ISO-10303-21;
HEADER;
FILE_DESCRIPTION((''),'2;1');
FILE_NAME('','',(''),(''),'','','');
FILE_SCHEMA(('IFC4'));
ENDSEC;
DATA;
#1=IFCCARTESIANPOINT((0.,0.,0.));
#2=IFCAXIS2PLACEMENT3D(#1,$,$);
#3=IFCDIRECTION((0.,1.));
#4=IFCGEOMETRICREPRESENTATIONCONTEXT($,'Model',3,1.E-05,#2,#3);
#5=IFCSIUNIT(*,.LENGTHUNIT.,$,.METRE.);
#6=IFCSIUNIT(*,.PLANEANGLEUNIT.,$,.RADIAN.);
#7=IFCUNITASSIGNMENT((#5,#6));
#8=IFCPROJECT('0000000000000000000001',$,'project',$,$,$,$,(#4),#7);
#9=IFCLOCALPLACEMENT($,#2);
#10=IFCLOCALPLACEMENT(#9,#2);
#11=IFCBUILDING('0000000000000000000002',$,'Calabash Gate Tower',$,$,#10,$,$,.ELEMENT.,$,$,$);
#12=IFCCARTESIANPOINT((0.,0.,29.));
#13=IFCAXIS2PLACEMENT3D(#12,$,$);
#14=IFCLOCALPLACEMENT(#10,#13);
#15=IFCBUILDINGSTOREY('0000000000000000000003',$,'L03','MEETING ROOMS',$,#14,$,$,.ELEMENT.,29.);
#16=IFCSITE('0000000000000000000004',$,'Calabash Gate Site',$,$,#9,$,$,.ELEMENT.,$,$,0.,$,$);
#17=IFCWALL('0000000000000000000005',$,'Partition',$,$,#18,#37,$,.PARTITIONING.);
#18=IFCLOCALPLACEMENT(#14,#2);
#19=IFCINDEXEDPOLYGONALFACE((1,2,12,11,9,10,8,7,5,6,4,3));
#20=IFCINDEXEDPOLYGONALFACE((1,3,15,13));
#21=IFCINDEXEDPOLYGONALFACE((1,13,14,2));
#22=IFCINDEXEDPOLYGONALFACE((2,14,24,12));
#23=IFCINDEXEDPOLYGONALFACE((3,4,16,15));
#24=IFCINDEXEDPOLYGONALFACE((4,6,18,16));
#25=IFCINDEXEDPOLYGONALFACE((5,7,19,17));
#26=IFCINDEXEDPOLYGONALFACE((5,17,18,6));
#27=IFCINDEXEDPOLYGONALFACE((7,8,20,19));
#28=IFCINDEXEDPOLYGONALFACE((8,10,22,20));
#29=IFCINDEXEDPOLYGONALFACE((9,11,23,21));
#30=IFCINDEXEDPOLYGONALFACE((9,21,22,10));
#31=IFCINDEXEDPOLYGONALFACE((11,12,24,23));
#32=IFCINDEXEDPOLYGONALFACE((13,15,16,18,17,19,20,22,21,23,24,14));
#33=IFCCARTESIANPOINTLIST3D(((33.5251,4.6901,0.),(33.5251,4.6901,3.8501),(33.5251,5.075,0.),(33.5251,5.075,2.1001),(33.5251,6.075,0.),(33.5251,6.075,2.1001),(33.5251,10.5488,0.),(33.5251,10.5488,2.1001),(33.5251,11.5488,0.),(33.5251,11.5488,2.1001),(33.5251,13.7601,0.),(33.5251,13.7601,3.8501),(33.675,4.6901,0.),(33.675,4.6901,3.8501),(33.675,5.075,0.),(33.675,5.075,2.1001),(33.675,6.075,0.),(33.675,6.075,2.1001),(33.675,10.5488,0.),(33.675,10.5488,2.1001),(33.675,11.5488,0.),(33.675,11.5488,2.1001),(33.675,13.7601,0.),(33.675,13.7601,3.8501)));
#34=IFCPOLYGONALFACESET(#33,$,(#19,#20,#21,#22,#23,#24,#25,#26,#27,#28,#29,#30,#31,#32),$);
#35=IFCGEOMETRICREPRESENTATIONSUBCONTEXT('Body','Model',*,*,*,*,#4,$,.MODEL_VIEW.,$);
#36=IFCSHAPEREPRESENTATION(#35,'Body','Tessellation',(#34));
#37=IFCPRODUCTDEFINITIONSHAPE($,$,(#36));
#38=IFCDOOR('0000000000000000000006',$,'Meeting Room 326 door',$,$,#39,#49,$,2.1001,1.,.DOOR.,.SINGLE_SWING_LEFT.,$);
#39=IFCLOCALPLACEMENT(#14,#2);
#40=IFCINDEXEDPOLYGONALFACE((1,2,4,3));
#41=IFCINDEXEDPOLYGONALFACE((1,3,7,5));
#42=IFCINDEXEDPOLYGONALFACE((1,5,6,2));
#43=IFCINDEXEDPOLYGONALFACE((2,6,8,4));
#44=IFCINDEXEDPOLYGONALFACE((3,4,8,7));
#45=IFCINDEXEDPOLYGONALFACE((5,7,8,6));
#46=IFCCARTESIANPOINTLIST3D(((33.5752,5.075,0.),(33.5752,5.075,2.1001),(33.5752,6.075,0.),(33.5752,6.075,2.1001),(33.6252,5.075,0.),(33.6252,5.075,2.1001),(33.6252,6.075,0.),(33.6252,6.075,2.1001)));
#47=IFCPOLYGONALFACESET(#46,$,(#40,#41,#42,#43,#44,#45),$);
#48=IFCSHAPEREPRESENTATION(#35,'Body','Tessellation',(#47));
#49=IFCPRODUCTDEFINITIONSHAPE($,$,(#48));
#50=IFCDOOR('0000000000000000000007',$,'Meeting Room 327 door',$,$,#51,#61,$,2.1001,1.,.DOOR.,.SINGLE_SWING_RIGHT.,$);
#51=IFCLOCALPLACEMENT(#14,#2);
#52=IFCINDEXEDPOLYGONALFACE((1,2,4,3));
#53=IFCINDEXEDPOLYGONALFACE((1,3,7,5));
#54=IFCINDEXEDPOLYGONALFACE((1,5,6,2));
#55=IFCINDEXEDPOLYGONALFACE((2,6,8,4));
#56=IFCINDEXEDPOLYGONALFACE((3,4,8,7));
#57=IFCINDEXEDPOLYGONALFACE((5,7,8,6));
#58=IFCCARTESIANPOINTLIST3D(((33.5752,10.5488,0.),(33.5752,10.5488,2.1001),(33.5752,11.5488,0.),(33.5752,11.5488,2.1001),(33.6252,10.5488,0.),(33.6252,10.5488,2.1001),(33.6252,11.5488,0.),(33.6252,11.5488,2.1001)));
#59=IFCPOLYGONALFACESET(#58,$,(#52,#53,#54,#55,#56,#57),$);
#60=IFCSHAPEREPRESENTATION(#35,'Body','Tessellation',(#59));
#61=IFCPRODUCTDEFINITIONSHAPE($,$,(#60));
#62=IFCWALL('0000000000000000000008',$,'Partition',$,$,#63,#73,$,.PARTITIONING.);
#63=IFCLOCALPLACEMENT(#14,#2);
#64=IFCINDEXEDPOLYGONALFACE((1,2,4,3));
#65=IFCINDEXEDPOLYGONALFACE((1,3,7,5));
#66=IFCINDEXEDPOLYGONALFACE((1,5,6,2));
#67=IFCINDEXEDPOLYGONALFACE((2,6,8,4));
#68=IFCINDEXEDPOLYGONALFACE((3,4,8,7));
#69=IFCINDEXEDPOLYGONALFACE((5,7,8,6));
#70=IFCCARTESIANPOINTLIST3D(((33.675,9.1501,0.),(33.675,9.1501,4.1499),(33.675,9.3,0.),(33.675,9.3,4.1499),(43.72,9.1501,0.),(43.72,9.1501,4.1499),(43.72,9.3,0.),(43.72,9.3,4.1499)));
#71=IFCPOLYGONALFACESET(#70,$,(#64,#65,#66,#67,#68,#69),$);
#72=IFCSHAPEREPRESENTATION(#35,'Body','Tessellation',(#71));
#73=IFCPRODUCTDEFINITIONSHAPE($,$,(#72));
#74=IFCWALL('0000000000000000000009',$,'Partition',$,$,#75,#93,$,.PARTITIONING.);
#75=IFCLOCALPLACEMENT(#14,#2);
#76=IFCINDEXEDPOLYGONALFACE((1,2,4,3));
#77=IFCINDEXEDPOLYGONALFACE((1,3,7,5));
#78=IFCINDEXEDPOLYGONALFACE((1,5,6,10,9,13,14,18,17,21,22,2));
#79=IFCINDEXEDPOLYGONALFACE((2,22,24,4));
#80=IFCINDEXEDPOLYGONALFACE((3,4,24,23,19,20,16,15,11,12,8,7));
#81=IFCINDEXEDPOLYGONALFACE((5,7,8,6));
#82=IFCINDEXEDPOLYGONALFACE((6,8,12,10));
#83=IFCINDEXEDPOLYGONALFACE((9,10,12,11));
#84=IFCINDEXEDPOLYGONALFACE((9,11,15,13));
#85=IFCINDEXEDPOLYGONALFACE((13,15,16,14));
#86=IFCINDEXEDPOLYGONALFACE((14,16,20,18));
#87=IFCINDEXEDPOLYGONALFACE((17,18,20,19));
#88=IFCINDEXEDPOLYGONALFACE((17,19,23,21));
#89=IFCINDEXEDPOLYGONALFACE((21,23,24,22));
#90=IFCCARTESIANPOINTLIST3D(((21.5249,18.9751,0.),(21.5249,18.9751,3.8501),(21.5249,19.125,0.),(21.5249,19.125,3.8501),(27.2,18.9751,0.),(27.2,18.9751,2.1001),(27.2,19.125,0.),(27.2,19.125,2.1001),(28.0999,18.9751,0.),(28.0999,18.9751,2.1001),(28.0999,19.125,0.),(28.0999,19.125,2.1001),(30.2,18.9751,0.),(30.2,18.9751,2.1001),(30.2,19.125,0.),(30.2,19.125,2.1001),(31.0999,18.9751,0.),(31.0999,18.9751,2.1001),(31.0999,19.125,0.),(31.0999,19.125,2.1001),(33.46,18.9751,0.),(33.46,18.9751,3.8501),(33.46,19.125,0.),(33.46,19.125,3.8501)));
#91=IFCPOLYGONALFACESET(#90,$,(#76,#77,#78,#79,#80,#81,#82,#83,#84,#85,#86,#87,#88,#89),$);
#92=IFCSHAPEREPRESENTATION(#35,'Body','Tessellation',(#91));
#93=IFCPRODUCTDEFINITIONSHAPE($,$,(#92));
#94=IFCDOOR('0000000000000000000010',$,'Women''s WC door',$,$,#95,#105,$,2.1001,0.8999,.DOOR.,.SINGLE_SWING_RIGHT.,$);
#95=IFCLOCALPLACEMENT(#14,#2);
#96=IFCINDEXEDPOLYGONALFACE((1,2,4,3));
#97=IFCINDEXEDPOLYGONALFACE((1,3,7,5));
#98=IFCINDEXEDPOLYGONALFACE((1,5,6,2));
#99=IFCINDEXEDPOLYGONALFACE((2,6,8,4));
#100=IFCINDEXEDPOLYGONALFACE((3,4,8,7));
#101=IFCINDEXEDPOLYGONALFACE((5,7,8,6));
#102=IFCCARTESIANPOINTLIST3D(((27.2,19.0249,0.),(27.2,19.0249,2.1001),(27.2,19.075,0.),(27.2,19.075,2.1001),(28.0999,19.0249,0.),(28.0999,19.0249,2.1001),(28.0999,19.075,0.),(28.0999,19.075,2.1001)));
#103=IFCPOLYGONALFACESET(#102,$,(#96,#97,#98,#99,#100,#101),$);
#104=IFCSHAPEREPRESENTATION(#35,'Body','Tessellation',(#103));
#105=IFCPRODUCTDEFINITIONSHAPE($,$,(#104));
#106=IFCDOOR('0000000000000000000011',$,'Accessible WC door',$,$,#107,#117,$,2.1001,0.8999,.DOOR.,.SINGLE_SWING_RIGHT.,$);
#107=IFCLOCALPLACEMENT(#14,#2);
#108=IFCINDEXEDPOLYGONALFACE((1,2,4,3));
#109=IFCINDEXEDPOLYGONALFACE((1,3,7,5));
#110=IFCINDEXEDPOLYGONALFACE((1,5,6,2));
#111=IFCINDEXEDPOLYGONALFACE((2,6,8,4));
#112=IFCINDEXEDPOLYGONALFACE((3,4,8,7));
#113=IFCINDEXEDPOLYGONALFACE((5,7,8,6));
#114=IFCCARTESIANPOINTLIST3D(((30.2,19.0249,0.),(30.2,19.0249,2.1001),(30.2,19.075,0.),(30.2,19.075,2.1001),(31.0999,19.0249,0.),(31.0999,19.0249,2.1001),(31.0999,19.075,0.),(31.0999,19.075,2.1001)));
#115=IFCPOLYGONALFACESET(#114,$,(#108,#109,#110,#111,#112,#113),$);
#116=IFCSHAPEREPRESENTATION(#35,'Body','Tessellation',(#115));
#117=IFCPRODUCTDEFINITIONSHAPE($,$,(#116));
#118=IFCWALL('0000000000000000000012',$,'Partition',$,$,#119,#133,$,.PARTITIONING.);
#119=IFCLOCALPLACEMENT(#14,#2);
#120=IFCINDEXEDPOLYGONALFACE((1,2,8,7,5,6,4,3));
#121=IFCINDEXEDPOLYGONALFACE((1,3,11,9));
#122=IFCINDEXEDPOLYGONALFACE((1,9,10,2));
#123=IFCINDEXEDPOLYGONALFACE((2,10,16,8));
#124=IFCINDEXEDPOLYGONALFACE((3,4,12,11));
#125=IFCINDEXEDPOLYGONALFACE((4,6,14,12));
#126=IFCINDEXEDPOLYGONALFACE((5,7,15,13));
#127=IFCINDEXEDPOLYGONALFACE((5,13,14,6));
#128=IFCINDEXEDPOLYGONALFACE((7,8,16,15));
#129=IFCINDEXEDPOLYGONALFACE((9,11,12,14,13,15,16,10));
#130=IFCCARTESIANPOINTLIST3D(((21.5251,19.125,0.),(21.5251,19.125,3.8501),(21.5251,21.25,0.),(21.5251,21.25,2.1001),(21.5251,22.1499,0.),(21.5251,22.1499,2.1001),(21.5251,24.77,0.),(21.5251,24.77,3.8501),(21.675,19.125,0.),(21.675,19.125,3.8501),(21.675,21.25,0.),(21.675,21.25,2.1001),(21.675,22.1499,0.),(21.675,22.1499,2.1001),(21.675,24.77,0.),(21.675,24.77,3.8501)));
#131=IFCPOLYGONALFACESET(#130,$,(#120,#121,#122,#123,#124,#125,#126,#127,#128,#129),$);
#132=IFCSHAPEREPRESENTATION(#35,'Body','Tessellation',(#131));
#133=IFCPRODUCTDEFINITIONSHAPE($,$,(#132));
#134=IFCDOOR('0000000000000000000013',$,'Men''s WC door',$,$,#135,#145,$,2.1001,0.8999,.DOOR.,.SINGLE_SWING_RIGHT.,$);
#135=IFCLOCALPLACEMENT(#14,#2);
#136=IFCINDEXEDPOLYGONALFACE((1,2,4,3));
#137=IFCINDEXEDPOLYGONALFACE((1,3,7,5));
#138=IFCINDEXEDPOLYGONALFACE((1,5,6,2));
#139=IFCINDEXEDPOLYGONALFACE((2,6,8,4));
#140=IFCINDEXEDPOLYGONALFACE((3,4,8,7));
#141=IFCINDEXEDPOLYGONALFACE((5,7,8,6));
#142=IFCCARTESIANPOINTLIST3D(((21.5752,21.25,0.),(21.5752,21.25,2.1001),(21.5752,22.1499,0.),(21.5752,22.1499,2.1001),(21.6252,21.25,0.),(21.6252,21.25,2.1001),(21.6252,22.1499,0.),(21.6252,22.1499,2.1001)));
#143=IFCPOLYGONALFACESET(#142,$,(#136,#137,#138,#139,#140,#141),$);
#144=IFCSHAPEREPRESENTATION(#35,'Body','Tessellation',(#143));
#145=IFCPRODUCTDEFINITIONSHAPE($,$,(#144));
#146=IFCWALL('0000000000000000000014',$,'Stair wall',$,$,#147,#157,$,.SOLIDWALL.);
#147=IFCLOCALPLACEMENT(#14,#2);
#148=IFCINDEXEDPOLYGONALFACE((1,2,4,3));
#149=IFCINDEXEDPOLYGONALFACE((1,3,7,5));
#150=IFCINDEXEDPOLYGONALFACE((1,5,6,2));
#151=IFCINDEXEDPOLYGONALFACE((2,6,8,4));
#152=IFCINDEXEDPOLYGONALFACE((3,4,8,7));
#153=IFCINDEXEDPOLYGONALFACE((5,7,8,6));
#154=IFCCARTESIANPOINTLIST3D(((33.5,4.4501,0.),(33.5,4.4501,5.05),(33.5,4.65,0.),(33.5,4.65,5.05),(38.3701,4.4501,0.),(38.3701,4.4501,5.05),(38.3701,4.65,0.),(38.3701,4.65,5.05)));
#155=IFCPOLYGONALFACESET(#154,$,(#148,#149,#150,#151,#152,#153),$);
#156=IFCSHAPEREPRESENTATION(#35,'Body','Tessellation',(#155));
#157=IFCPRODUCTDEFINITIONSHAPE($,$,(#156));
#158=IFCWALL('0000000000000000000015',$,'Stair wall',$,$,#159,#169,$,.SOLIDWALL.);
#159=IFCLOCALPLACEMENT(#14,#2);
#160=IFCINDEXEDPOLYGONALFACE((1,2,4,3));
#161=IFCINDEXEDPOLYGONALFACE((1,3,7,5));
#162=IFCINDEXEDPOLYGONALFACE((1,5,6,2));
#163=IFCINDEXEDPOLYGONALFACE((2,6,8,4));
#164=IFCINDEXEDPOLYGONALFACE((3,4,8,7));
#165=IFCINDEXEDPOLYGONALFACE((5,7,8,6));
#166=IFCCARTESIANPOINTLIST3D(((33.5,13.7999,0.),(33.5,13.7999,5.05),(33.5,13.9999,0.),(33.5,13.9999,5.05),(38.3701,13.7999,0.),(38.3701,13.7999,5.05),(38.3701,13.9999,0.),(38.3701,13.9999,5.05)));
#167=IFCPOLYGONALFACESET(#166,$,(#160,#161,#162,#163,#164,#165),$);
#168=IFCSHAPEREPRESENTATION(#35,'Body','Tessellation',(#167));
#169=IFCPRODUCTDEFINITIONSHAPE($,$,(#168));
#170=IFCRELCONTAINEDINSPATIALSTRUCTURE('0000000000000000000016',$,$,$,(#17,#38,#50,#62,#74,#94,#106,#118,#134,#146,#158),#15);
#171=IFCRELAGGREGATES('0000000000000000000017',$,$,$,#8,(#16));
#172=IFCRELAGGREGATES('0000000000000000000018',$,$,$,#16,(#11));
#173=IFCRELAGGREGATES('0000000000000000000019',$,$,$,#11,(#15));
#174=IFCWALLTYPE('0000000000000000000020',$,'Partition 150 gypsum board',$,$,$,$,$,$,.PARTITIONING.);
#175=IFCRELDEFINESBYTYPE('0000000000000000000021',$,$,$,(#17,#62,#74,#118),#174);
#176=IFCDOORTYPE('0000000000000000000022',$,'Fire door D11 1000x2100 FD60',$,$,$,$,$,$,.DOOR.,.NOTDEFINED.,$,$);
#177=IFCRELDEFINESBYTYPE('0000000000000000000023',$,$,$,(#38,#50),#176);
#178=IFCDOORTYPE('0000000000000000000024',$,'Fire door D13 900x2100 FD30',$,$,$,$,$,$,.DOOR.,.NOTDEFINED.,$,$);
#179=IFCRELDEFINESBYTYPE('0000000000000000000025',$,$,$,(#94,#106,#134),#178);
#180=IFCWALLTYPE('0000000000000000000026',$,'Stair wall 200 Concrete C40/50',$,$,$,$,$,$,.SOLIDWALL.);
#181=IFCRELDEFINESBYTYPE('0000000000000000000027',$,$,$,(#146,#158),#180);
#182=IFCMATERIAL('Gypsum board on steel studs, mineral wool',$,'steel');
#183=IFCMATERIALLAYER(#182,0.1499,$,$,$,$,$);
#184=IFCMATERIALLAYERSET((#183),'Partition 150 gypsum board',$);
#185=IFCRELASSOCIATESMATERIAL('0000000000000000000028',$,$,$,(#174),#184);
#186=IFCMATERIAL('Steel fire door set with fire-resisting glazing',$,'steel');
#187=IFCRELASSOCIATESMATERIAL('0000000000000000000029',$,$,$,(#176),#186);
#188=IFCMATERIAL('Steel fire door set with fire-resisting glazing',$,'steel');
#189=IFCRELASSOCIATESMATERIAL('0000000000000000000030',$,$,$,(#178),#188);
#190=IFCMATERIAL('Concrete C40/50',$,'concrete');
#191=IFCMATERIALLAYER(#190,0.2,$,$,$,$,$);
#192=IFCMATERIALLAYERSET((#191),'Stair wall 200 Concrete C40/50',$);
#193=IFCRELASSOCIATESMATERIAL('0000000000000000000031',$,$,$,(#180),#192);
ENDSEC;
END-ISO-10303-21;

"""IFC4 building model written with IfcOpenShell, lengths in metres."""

from ifc_helpers import new_model, si_unit, direction, frame, frame_2d, origin, place, context, subcontext, project, spatial, rectangle, extrude, material, layer, layer_set, type_object, element, fill, save


model = new_model("IFC4")

# Units and contexts
model_context = context("Model", 3, precision=1e-05, world=origin(), true_north=direction((0.0, 1.0)))
body_context = subcontext(model_context, "Body", "Model", "MODEL_VIEW")
ifc_project = project(units=[si_unit("LENGTHUNIT", "METRE"), si_unit("PLANEANGLEUNIT", "RADIAN")], contexts=[model_context])

# Site, building, storey
site_placement = place(None, origin())
site = spatial("IfcSite", under=ifc_project, at=site_placement, Name="Calabash Gate Site", CompositionType="ELEMENT", RefElevation=0.0)
building_placement = place(site_placement, origin())
building = spatial("IfcBuilding", under=site, at=building_placement, Name="Calabash Gate Tower", CompositionType="ELEMENT")
storey_placement = place(building_placement, frame((0.0, 0.0, 29.0)))
storey = spatial("IfcBuildingStorey", under=building, at=storey_placement, Name="L03", Description="MEETING ROOMS", CompositionType="ELEMENT", Elevation=29.0)

# Wall, openings, doors
ifc_material_1 = material(Name="Gypsum board on steel studs, mineral wool", Category="steel")
ifc_layer_1 = layer(ifc_material_1, 0.1499)
ifc_layer_set_1 = layer_set([ifc_layer_1], Name="Partition 150 gypsum board")
wall_type_1 = type_object("IfcWallType", Name="Partition 150 gypsum board", PredefinedType="PARTITIONING", material=ifc_layer_set_1)
wall_1_placement = place(storey_placement, frame((33.6001, 4.6899, 0.0), z_axis=(0.0, 0.0, 1.0), x_axis=(0.0, 1.0, 0.0)))
wall_1 = element("IfcWall", 1, at=wall_1_placement, inside=storey, type_object=wall_type_1, Name="Partition", PredefinedType="PARTITIONING", context=body_context, shape_type="SweptSolid", body=[
    extrude(rectangle(XDim=9.0701, YDim=0.1499, at=frame_2d((4.5352, 0.0))), origin(), (0.0, 0.0, 1.0), 3.8501),
])
opening_1_placement = place(wall_1_placement, frame((0.385, 0.0, 0.0)))
opening_1 = element("IfcOpeningElement", 2, at=opening_1_placement, cuts=wall_1, PredefinedType="OPENING", context=body_context, shape_type="SweptSolid", body=[
    extrude(rectangle(XDim=1.0, YDim=2.1001, at=frame_2d((0.5, 1.05))), frame((0.0, 0.085, 0.0), z_axis=(0.0, -1.0, 0.0), x_axis=(1.0, 0.0, 0.0)), (0.0, 0.0, 1.0), 0.1699),
])
opening_2_placement = place(wall_1_placement, frame((5.8589, 0.0, 0.0)))
opening_2 = element("IfcOpeningElement", 3, at=opening_2_placement, cuts=wall_1, PredefinedType="OPENING", context=body_context, shape_type="SweptSolid", body=[
    extrude(rectangle(XDim=1.0, YDim=2.1001, at=frame_2d((0.5, 1.05))), frame((0.0, 0.085, 0.0), z_axis=(0.0, -1.0, 0.0), x_axis=(1.0, 0.0, 0.0)), (0.0, 0.0, 1.0), 0.1699),
])
ifc_material_2 = material(Name="Steel fire door set with fire-resisting glazing", Category="steel")
door_type_1 = type_object("IfcDoorType", Name="Fire door D11 1000x2100 FD60", OperationType="NOTDEFINED", PredefinedType="DOOR", material=ifc_material_2)
door_1_placement = place(opening_1_placement, origin())
door_1 = element("IfcDoor", 4, at=door_1_placement, inside=storey, type_object=door_type_1, Name="Meeting Room 326 door", OperationType="SINGLE_SWING_LEFT", OverallHeight=2.1001, OverallWidth=1.0, PredefinedType="DOOR", context=body_context, shape_type="SweptSolid", body=[
    extrude(rectangle(XDim=1.0, YDim=2.1001, at=frame_2d((0.5, 1.05))), frame((0.0, 0.0249, 0.0), z_axis=(0.0, -1.0, 0.0), x_axis=(1.0, 0.0, 0.0)), (0.0, 0.0, 1.0), 0.05),
])
fill(opening_1, door_1)
door_2_placement = place(opening_2_placement, origin())
door_2 = element("IfcDoor", 5, at=door_2_placement, inside=storey, type_object=door_type_1, Name="Meeting Room 327 door", OperationType="SINGLE_SWING_RIGHT", OverallHeight=2.1001, OverallWidth=1.0, PredefinedType="DOOR", context=body_context, shape_type="SweptSolid", body=[
    extrude(rectangle(XDim=1.0, YDim=2.1001, at=frame_2d((0.5, 1.05))), frame((0.0, 0.0249, 0.0), z_axis=(0.0, -1.0, 0.0), x_axis=(1.0, 0.0, 0.0)), (0.0, 0.0, 1.0), 0.05),
])
fill(opening_2, door_2)

# Wall
wall_2_placement = place(storey_placement, frame((33.675, 9.2251, 0.0), z_axis=(0.0, 0.0, 1.0), x_axis=(1.0, 0.0, 0.0)))
element("IfcWall", 6, at=wall_2_placement, inside=storey, type_object=wall_type_1, Name="Partition", PredefinedType="PARTITIONING", context=body_context, shape_type="SweptSolid", body=[
    extrude(rectangle(XDim=10.0449, YDim=0.1499, at=frame_2d((5.0225, 0.0))), origin(), (0.0, 0.0, 1.0), 4.1499),
])

# Wall, openings, doors
wall_3_placement = place(storey_placement, frame((21.5249, 19.05, 0.0), z_axis=(0.0, 0.0, 1.0), x_axis=(1.0, 0.0, 0.0)))
wall_3 = element("IfcWall", 7, at=wall_3_placement, inside=storey, type_object=wall_type_1, Name="Partition", PredefinedType="PARTITIONING", context=body_context, shape_type="SweptSolid", body=[
    extrude(rectangle(XDim=11.9351, YDim=0.1499, at=frame_2d((5.9675, 0.0))), origin(), (0.0, 0.0, 1.0), 3.8501),
])
opening_3_placement = place(wall_3_placement, frame((5.675, 0.0, 0.0)))
opening_3 = element("IfcOpeningElement", 8, at=opening_3_placement, cuts=wall_3, PredefinedType="OPENING", context=body_context, shape_type="SweptSolid", body=[
    extrude(rectangle(XDim=0.8999, YDim=2.1001, at=frame_2d((0.45, 1.05))), frame((0.0, 0.085, 0.0), z_axis=(0.0, -1.0, 0.0), x_axis=(1.0, 0.0, 0.0)), (0.0, 0.0, 1.0), 0.1699),
])
opening_4_placement = place(wall_3_placement, frame((8.675, 0.0, 0.0)))
opening_4 = element("IfcOpeningElement", 9, at=opening_4_placement, cuts=wall_3, PredefinedType="OPENING", context=body_context, shape_type="SweptSolid", body=[
    extrude(rectangle(XDim=0.8999, YDim=2.1001, at=frame_2d((0.45, 1.05))), frame((0.0, 0.085, 0.0), z_axis=(0.0, -1.0, 0.0), x_axis=(1.0, 0.0, 0.0)), (0.0, 0.0, 1.0), 0.1699),
])
ifc_material_3 = material(Name="Steel fire door set with fire-resisting glazing", Category="steel")
door_type_2 = type_object("IfcDoorType", Name="Fire door D13 900x2100 FD30", OperationType="NOTDEFINED", PredefinedType="DOOR", material=ifc_material_3)
door_3_placement = place(opening_3_placement, origin())
door_3 = element("IfcDoor", 10, at=door_3_placement, inside=storey, type_object=door_type_2, Name="Women's WC door", OperationType="SINGLE_SWING_RIGHT", OverallHeight=2.1001, OverallWidth=0.8999, PredefinedType="DOOR", context=body_context, shape_type="SweptSolid", body=[
    extrude(rectangle(XDim=0.8999, YDim=2.1001, at=frame_2d((0.45, 1.05))), frame((0.0, 0.0249, 0.0), z_axis=(0.0, -1.0, 0.0), x_axis=(1.0, 0.0, 0.0)), (0.0, 0.0, 1.0), 0.05),
])
fill(opening_3, door_3)
door_4_placement = place(opening_4_placement, origin())
door_4 = element("IfcDoor", 11, at=door_4_placement, inside=storey, type_object=door_type_2, Name="Accessible WC door", OperationType="SINGLE_SWING_RIGHT", OverallHeight=2.1001, OverallWidth=0.8999, PredefinedType="DOOR", context=body_context, shape_type="SweptSolid", body=[
    extrude(rectangle(XDim=0.8999, YDim=2.1001, at=frame_2d((0.45, 1.05))), frame((0.0, 0.0249, 0.0), z_axis=(0.0, -1.0, 0.0), x_axis=(1.0, 0.0, 0.0)), (0.0, 0.0, 1.0), 0.05),
])
fill(opening_4, door_4)

# Wall, opening, door
wall_4_placement = place(storey_placement, frame((21.6001, 19.125, 0.0), z_axis=(0.0, 0.0, 1.0), x_axis=(0.0, 1.0, 0.0)))
wall_4 = element("IfcWall", 12, at=wall_4_placement, inside=storey, type_object=wall_type_1, Name="Partition", PredefinedType="PARTITIONING", context=body_context, shape_type="SweptSolid", body=[
    extrude(rectangle(XDim=5.645, YDim=0.1499, at=frame_2d((2.8225, 0.0))), origin(), (0.0, 0.0, 1.0), 3.8501),
])
opening_5_placement = place(wall_4_placement, frame((2.125, 0.0, 0.0)))
opening_5 = element("IfcOpeningElement", 13, at=opening_5_placement, cuts=wall_4, PredefinedType="OPENING", context=body_context, shape_type="SweptSolid", body=[
    extrude(rectangle(XDim=0.8999, YDim=2.1001, at=frame_2d((0.45, 1.05))), frame((0.0, 0.085, 0.0), z_axis=(0.0, -1.0, 0.0), x_axis=(1.0, 0.0, 0.0)), (0.0, 0.0, 1.0), 0.1699),
])
door_5_placement = place(opening_5_placement, origin())
door_5 = element("IfcDoor", 14, at=door_5_placement, inside=storey, type_object=door_type_2, Name="Men's WC door", OperationType="SINGLE_SWING_RIGHT", OverallHeight=2.1001, OverallWidth=0.8999, PredefinedType="DOOR", context=body_context, shape_type="SweptSolid", body=[
    extrude(rectangle(XDim=0.8999, YDim=2.1001, at=frame_2d((0.45, 1.05))), frame((0.0, 0.0249, 0.0), z_axis=(0.0, -1.0, 0.0), x_axis=(1.0, 0.0, 0.0)), (0.0, 0.0, 1.0), 0.05),
])
fill(opening_5, door_5)

# Walls
ifc_material_4 = material(Name="Concrete C40/50", Category="concrete")
ifc_layer_2 = layer(ifc_material_4, 0.2)
ifc_layer_set_2 = layer_set([ifc_layer_2], Name="Stair wall 200 Concrete C40/50")
wall_type_2 = type_object("IfcWallType", Name="Stair wall 200 Concrete C40/50", PredefinedType="SOLIDWALL", material=ifc_layer_set_2)
for number, where, z_axis, x_axis, name in (
    (15, (33.5, 4.55, 0.0), (0.0, 0.0, 1.0), (1.0, 0.0, 0.0), "Stair wall"),
    (16, (33.5, 13.8999, 0.0), (0.0, 0.0, 1.0), (1.0, 0.0, 0.0), "Stair wall"),
):
    element("IfcWall", number, at=place(storey_placement, frame(where, z_axis=z_axis, x_axis=x_axis)), inside=storey, type_object=wall_type_2, Name=name, PredefinedType="SOLIDWALL", context=body_context, shape_type="SweptSolid", body=[
        extrude(rectangle(XDim=4.8701, YDim=0.2, at=frame_2d((2.4351, 0.0))), origin(), (0.0, 0.0, 1.0), 5.05),
    ])

save(model, "model.ifc")
